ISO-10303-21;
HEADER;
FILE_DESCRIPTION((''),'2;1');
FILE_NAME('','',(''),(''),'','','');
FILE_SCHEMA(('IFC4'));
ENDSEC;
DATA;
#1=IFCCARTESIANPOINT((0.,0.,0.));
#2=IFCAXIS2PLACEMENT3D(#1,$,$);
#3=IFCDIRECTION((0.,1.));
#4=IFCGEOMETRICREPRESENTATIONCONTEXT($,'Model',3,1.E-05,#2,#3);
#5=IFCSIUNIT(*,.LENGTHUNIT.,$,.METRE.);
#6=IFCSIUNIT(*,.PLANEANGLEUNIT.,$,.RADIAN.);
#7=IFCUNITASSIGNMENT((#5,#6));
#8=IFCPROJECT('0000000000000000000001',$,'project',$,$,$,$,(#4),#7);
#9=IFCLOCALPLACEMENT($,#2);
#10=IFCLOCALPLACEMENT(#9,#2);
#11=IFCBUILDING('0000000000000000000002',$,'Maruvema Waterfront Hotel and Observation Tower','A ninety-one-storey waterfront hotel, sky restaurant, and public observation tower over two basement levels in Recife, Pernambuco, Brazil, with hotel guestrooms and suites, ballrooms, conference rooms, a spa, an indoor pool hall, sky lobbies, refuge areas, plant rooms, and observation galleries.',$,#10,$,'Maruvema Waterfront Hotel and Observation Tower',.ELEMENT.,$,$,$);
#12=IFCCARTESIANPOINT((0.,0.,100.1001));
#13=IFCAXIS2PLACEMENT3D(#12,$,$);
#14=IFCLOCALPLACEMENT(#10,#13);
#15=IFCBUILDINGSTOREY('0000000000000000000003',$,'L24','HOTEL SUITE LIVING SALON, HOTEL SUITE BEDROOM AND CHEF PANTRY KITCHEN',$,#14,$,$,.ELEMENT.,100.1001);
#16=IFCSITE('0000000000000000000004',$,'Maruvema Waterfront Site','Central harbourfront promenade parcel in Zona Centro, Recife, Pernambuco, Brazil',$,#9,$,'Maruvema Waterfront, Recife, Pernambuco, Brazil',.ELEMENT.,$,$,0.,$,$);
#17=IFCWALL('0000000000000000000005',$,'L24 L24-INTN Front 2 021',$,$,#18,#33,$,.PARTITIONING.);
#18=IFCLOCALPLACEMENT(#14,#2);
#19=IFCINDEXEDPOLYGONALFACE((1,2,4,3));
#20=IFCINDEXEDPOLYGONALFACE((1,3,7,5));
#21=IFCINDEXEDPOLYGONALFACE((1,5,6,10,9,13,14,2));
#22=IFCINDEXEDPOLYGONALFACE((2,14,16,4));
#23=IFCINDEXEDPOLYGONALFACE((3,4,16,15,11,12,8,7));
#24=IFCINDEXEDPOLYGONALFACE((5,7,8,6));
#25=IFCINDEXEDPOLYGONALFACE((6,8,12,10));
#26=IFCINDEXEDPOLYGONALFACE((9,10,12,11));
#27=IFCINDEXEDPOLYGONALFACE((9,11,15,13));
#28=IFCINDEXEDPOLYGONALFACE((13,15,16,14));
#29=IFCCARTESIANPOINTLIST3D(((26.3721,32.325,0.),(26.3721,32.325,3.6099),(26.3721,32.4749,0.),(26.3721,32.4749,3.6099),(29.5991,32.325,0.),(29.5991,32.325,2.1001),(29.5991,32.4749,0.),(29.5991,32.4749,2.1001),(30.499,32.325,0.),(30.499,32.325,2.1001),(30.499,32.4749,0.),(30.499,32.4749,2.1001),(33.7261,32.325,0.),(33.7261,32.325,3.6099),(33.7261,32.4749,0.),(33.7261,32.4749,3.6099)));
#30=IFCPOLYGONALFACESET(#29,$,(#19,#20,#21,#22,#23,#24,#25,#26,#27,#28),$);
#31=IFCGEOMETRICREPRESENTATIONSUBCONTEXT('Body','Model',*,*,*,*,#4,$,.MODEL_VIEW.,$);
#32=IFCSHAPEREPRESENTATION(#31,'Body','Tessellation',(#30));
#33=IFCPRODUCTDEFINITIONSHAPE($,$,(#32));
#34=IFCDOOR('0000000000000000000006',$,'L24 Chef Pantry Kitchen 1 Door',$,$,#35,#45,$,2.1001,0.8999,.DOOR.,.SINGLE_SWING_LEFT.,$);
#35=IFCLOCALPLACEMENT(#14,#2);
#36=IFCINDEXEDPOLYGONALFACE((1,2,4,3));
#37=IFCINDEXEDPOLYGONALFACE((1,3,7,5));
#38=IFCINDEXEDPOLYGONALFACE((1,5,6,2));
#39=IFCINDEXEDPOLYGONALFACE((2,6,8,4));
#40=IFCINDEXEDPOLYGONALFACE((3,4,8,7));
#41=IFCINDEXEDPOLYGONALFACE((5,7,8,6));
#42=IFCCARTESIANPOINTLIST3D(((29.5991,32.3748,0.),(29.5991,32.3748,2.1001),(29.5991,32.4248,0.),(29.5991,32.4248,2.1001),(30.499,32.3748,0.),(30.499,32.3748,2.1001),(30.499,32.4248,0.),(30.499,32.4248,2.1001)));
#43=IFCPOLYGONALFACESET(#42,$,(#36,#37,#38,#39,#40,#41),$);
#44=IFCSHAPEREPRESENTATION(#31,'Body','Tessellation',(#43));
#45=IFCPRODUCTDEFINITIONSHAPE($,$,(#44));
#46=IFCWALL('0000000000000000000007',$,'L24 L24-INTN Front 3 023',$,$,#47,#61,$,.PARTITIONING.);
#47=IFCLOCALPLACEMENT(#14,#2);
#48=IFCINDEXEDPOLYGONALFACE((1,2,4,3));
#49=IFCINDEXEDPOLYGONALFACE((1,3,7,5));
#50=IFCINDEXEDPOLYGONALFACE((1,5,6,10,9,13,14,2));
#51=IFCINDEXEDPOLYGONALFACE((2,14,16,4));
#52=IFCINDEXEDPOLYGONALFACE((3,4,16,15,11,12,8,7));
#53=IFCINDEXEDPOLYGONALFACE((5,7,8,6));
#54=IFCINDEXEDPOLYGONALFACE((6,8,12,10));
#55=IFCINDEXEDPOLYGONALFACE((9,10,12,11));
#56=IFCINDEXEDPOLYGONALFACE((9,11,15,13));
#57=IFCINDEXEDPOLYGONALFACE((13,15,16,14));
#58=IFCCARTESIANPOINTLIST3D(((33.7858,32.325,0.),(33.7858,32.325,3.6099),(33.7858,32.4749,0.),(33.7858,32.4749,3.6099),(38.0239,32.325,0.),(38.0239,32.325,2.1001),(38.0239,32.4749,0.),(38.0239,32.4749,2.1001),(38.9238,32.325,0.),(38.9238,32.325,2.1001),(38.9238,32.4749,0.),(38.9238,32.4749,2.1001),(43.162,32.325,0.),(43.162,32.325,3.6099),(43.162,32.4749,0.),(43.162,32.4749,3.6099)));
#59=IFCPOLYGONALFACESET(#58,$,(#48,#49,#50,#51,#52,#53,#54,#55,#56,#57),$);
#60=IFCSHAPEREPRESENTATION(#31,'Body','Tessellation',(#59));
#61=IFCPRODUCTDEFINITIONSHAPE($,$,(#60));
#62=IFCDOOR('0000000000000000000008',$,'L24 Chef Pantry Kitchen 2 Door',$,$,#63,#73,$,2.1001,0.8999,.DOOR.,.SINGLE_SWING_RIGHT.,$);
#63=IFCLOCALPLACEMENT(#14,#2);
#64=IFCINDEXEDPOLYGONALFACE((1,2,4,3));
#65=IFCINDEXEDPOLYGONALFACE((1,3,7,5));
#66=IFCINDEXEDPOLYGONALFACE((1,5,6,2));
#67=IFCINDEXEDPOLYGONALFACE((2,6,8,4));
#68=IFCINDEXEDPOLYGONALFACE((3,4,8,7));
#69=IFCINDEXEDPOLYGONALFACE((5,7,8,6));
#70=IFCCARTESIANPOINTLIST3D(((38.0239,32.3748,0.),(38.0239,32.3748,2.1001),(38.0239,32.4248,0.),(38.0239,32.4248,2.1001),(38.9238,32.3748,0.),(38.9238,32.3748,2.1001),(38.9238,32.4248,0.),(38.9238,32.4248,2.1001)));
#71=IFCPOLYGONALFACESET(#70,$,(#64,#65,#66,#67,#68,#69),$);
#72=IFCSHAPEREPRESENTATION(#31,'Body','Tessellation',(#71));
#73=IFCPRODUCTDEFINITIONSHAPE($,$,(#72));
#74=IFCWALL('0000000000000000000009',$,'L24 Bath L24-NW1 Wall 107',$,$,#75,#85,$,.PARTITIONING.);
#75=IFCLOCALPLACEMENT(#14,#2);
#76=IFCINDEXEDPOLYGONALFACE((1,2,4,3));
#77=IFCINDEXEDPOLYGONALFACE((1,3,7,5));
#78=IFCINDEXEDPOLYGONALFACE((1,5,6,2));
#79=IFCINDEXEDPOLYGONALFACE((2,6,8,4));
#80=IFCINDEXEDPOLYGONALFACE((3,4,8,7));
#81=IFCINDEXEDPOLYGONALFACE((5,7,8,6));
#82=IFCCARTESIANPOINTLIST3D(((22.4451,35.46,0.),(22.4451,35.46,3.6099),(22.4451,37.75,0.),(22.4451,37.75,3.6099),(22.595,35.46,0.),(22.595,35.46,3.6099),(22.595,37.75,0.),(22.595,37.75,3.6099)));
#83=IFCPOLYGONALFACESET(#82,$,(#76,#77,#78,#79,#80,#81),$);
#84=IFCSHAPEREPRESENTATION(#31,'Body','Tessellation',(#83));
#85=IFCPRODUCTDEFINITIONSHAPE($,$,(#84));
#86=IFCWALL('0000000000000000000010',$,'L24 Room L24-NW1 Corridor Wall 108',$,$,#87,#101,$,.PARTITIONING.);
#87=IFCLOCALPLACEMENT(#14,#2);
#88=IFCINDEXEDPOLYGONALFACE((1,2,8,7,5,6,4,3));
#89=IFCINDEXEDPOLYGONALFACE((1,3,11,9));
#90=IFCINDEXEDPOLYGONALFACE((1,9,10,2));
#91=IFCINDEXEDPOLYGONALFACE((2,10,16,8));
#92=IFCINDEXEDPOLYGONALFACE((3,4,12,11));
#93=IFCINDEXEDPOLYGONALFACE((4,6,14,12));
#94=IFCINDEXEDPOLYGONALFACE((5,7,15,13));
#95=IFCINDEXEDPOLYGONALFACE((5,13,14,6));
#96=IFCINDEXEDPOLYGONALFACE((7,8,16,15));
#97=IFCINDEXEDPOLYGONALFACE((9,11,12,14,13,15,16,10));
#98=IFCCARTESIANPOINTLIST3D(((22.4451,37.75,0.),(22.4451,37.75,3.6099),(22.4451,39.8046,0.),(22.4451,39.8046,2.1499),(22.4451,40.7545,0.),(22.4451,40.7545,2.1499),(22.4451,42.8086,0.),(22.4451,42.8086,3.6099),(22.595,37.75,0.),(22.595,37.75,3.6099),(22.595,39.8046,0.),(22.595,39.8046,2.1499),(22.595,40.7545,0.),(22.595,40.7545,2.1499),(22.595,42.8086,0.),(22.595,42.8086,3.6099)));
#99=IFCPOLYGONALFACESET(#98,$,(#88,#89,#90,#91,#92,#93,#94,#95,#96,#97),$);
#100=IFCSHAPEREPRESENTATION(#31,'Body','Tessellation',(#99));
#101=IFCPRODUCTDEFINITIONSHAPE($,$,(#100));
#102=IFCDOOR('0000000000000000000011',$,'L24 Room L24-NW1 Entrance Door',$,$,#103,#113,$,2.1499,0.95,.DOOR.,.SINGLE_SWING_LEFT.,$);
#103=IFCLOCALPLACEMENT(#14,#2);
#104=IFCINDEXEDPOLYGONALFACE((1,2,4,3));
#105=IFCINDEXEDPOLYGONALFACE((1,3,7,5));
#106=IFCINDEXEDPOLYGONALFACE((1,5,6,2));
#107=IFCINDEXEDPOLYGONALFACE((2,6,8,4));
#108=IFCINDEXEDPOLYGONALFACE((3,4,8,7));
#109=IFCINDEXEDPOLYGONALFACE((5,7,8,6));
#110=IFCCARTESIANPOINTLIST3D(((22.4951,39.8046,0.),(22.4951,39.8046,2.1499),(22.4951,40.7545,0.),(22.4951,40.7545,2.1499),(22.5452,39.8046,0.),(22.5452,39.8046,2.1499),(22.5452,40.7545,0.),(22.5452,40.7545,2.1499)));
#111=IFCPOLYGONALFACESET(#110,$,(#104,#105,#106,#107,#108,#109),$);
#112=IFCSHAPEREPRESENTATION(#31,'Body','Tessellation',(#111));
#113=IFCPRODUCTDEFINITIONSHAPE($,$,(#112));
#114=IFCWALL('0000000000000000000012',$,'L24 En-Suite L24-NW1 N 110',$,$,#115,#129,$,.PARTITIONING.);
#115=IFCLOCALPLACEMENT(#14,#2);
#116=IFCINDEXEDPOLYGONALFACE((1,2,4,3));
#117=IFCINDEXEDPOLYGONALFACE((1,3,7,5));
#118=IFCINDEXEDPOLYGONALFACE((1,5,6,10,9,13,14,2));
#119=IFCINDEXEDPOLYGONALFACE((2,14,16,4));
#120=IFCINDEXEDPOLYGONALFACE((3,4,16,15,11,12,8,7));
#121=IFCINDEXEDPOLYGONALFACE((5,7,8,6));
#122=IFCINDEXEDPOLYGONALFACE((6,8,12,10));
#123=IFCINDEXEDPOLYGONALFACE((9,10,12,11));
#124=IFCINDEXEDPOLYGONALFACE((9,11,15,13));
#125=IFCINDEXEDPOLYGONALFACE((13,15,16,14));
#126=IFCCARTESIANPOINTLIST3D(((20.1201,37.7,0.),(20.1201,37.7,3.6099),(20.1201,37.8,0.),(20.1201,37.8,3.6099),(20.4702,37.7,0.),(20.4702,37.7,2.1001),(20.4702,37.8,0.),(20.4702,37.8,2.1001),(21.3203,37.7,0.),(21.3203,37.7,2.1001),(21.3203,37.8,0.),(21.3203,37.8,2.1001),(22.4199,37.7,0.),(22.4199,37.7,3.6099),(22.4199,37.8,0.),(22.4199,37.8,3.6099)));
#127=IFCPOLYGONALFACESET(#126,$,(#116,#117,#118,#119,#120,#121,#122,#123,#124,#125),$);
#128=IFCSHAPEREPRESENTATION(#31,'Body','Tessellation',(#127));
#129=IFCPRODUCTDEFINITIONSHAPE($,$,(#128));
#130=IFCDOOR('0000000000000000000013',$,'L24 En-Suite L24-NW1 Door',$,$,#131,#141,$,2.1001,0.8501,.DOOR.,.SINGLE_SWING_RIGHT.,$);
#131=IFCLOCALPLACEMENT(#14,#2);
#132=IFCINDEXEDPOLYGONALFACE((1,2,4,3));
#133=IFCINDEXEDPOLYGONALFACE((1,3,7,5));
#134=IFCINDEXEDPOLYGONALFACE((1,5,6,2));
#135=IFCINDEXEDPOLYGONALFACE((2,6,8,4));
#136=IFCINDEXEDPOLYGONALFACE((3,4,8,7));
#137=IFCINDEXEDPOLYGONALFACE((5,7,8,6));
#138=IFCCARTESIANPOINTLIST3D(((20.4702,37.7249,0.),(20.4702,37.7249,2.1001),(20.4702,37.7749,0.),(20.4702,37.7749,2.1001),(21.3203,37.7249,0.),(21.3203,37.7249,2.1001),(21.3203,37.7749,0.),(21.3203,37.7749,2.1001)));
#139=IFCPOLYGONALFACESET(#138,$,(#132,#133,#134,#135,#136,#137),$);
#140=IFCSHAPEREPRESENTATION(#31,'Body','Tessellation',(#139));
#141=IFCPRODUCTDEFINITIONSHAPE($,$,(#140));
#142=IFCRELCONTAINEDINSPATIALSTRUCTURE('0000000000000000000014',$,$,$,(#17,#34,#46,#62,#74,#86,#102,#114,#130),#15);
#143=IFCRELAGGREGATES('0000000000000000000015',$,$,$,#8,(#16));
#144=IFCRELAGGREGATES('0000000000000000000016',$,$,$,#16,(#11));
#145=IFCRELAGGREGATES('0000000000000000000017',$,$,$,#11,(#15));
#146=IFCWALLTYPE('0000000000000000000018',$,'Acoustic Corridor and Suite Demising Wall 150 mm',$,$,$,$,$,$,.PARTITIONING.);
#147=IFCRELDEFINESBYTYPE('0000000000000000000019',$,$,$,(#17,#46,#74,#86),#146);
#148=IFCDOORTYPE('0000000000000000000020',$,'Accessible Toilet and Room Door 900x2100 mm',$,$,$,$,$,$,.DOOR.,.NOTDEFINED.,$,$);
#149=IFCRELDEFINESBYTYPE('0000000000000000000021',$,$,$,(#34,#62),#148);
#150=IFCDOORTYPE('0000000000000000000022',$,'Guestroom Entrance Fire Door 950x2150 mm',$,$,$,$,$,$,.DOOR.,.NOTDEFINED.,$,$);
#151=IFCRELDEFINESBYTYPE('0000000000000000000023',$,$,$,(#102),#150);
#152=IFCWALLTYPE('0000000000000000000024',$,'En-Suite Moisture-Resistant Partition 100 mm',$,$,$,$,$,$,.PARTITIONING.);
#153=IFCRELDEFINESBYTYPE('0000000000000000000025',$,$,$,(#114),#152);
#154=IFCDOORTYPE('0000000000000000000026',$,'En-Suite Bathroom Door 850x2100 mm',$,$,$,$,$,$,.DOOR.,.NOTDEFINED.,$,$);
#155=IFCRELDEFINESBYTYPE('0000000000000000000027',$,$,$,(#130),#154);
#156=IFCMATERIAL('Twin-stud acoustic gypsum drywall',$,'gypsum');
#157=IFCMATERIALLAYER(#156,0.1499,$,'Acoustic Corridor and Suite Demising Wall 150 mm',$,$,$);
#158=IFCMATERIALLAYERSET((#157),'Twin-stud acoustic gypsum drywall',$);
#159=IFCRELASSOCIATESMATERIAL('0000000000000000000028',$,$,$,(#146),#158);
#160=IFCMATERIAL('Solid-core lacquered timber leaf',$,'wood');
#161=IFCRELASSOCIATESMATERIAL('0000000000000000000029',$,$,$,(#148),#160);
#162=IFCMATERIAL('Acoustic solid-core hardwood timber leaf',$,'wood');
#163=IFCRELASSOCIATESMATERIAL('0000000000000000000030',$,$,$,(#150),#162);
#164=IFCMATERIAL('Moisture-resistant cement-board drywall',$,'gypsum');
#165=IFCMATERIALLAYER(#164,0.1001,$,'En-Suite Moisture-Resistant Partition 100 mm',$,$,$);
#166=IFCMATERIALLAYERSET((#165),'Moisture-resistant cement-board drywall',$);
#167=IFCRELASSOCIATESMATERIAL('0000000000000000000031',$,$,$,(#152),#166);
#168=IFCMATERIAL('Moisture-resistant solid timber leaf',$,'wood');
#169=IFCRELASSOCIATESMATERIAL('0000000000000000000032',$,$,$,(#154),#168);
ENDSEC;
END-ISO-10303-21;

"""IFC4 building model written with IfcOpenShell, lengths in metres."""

from ifc_helpers import new_model, si_unit, direction, frame, frame_2d, origin, place, context, subcontext, project, spatial, rectangle, extrude, material, layer, layer_set, type_object, element, fill, save


model = new_model("IFC4")

# Units and contexts
model_context = context("Model", 3, precision=1e-05, world=origin(), true_north=direction((0.0, 1.0)))
body_context = subcontext(model_context, "Body", "Model", "MODEL_VIEW")
ifc_project = project(units=[si_unit("LENGTHUNIT", "METRE"), si_unit("PLANEANGLEUNIT", "RADIAN")], contexts=[model_context])

# Site, building, storey
site_placement = place(None, origin())
site = spatial("IfcSite", under=ifc_project, at=site_placement, Name="Maruvema Waterfront Site", Description="Central harbourfront promenade parcel in Zona Centro, Recife, Pernambuco, Brazil", LongName="Maruvema Waterfront, Recife, Pernambuco, Brazil", CompositionType="ELEMENT", RefElevation=0.0)
building_placement = place(site_placement, origin())
building = spatial("IfcBuilding", under=site, at=building_placement, Name="Maruvema Waterfront Hotel and Observation Tower", Description="A ninety-one-storey waterfront hotel, sky restaurant, and public observation tower over two basement levels in Recife, Pernambuco, Brazil, with hotel guestrooms and suites, ballrooms, conference rooms, a spa, an indoor pool hall, sky lobbies, refuge areas, plant rooms, and observation galleries.", LongName="Maruvema Waterfront Hotel and Observation Tower", CompositionType="ELEMENT")
storey_placement = place(building_placement, frame((0.0, 0.0, 100.1001)))
storey = spatial("IfcBuildingStorey", under=building, at=storey_placement, Name="L24", Description="HOTEL SUITE LIVING SALON, HOTEL SUITE BEDROOM AND CHEF PANTRY KITCHEN", CompositionType="ELEMENT", Elevation=100.1001)

# Walls, openings, doors
ifc_material_1 = material(Name="Twin-stud acoustic gypsum drywall", Category="gypsum")
ifc_layer_1 = layer(ifc_material_1, 0.1499, Name="Acoustic Corridor and Suite Demising Wall 150 mm")
ifc_layer_set_1 = layer_set([ifc_layer_1], Name="Twin-stud acoustic gypsum drywall")
wall_type_1 = type_object("IfcWallType", Name="Acoustic Corridor and Suite Demising Wall 150 mm", PredefinedType="PARTITIONING", material=ifc_layer_set_1)
ifc_material_2 = material(Name="Solid-core lacquered timber leaf", Category="wood")
door_type_1 = type_object("IfcDoorType", Name="Accessible Toilet and Room Door 900x2100 mm", OperationType="NOTDEFINED", PredefinedType="DOOR", material=ifc_material_2)
wall_1_placement = place(storey_placement, frame((26.3721, 32.3999, 0.0), z_axis=(0.0, 0.0, 1.0), x_axis=(1.0, 0.0, 0.0)))
wall_1 = element("IfcWall", 1, at=wall_1_placement, inside=storey, type_object=wall_type_1, Name="L24 L24-INTN Front 2 021", PredefinedType="PARTITIONING", context=body_context, shape_type="SweptSolid", body=[
    extrude(rectangle(XDim=7.354, YDim=0.1499, at=frame_2d((3.677, 0.0))), origin(), (0.0, 0.0, 1.0), 3.6099),
])
opening_1_placement = place(wall_1_placement, frame((3.2271, 0.0, 0.0)))
opening_1 = element("IfcOpeningElement", 2, at=opening_1_placement, cuts=wall_1, PredefinedType="OPENING", context=body_context, shape_type="SweptSolid", body=[
    extrude(rectangle(XDim=0.8999, YDim=2.1001, at=frame_2d((0.45, 1.05))), frame((0.0, 0.085, 0.0), z_axis=(0.0, -1.0, 0.0), x_axis=(1.0, 0.0, 0.0)), (0.0, 0.0, 1.0), 0.1699),
])
door_1_placement = place(opening_1_placement, origin())
door_1 = element("IfcDoor", 3, at=door_1_placement, inside=storey, type_object=door_type_1, Name="L24 Chef Pantry Kitchen 1 Door", OperationType="SINGLE_SWING_LEFT", OverallHeight=2.1001, OverallWidth=0.8999, PredefinedType="DOOR", context=body_context, shape_type="SweptSolid", body=[
    extrude(rectangle(XDim=0.8999, YDim=2.1001, at=frame_2d((0.45, 1.05))), frame((0.0, 0.0249, 0.0), z_axis=(0.0, -1.0, 0.0), x_axis=(1.0, 0.0, 0.0)), (0.0, 0.0, 1.0), 0.05),
])
fill(opening_1, door_1)
wall_2_placement = place(storey_placement, frame((33.7859, 32.3999, 0.0), z_axis=(0.0, 0.0, 1.0), x_axis=(1.0, 0.0, 0.0)))
wall_2 = element("IfcWall", 4, at=wall_2_placement, inside=storey, type_object=wall_type_1, Name="L24 L24-INTN Front 3 023", PredefinedType="PARTITIONING", context=body_context, shape_type="SweptSolid", body=[
    extrude(rectangle(XDim=9.3762, YDim=0.1499, at=frame_2d((4.688, 0.0))), origin(), (0.0, 0.0, 1.0), 3.6099),
])
opening_2_placement = place(wall_2_placement, frame((4.238, 0.0, 0.0)))
opening_2 = element("IfcOpeningElement", 5, at=opening_2_placement, cuts=wall_2, PredefinedType="OPENING", context=body_context, shape_type="SweptSolid", body=[
    extrude(rectangle(XDim=0.8999, YDim=2.1001, at=frame_2d((0.45, 1.05))), frame((0.0, 0.085, 0.0), z_axis=(0.0, -1.0, 0.0), x_axis=(1.0, 0.0, 0.0)), (0.0, 0.0, 1.0), 0.1699),
])
door_2_placement = place(opening_2_placement, origin())
door_2 = element("IfcDoor", 6, at=door_2_placement, inside=storey, type_object=door_type_1, Name="L24 Chef Pantry Kitchen 2 Door", OperationType="SINGLE_SWING_RIGHT", OverallHeight=2.1001, OverallWidth=0.8999, PredefinedType="DOOR", context=body_context, shape_type="SweptSolid", body=[
    extrude(rectangle(XDim=0.8999, YDim=2.1001, at=frame_2d((0.45, 1.05))), frame((0.0, 0.0249, 0.0), z_axis=(0.0, -1.0, 0.0), x_axis=(1.0, 0.0, 0.0)), (0.0, 0.0, 1.0), 0.05),
])
fill(opening_2, door_2)

# Wall
wall_3_placement = place(storey_placement, frame((22.52, 35.46, 0.0), z_axis=(0.0, 0.0, 1.0), x_axis=(0.0, 1.0, 0.0)))
element("IfcWall", 7, at=wall_3_placement, inside=storey, type_object=wall_type_1, Name="L24 Bath L24-NW1 Wall 107", PredefinedType="PARTITIONING", context=body_context, shape_type="SweptSolid", body=[
    extrude(rectangle(XDim=2.29, YDim=0.1499, at=frame_2d((1.145, 0.0))), origin(), (0.0, 0.0, 1.0), 3.6099),
])

# Walls, openings, doors
wall_4_placement = place(storey_placement, frame((22.52, 37.75, 0.0), z_axis=(0.0, 0.0, 1.0), x_axis=(0.0, 1.0, 0.0)))
wall_4 = element("IfcWall", 8, at=wall_4_placement, inside=storey, type_object=wall_type_1, Name="L24 Room L24-NW1 Corridor Wall 108", PredefinedType="PARTITIONING", context=body_context, shape_type="SweptSolid", body=[
    extrude(rectangle(XDim=5.0586, YDim=0.1499, at=frame_2d((2.5293, 0.0))), origin(), (0.0, 0.0, 1.0), 3.6099),
])
opening_3_placement = place(wall_4_placement, frame((2.0544, 0.0, 0.0)))
opening_3 = element("IfcOpeningElement", 9, at=opening_3_placement, cuts=wall_4, PredefinedType="OPENING", context=body_context, shape_type="SweptSolid", body=[
    extrude(rectangle(XDim=0.95, YDim=2.1499, at=frame_2d((0.4751, 1.075))), frame((0.0, 0.085, 0.0), z_axis=(0.0, -1.0, 0.0), x_axis=(1.0, 0.0, 0.0)), (0.0, 0.0, 1.0), 0.1699),
])
ifc_material_3 = material(Name="Acoustic solid-core hardwood timber leaf", Category="wood")
door_type_2 = type_object("IfcDoorType", Name="Guestroom Entrance Fire Door 950x2150 mm", OperationType="NOTDEFINED", PredefinedType="DOOR", material=ifc_material_3)
door_3_placement = place(opening_3_placement, origin())
door_3 = element("IfcDoor", 10, at=door_3_placement, inside=storey, type_object=door_type_2, Name="L24 Room L24-NW1 Entrance Door", OperationType="SINGLE_SWING_LEFT", OverallHeight=2.1499, OverallWidth=0.95, PredefinedType="DOOR", context=body_context, shape_type="SweptSolid", body=[
    extrude(rectangle(XDim=0.95, YDim=2.1499, at=frame_2d((0.4751, 1.075))), frame((0.0, 0.0249, 0.0), z_axis=(0.0, -1.0, 0.0), x_axis=(1.0, 0.0, 0.0)), (0.0, 0.0, 1.0), 0.05),
])
fill(opening_3, door_3)
ifc_material_4 = material(Name="Moisture-resistant cement-board drywall", Category="gypsum")
ifc_layer_2 = layer(ifc_material_4, 0.1001, Name="En-Suite Moisture-Resistant Partition 100 mm")
ifc_layer_set_2 = layer_set([ifc_layer_2], Name="Moisture-resistant cement-board drywall")
wall_type_2 = type_object("IfcWallType", Name="En-Suite Moisture-Resistant Partition 100 mm", PredefinedType="PARTITIONING", material=ifc_layer_set_2)
wall_5_placement = place(storey_placement, frame((20.1201, 37.75, 0.0), z_axis=(0.0, 0.0, 1.0), x_axis=(1.0, 0.0, 0.0)))
wall_5 = element("IfcWall", 11, at=wall_5_placement, inside=storey, type_object=wall_type_2, Name="L24 En-Suite L24-NW1 N 110", PredefinedType="PARTITIONING", context=body_context, shape_type="SweptSolid", body=[
    extrude(rectangle(XDim=2.2998, YDim=0.1001, at=frame_2d((1.1499, 0.0))), origin(), (0.0, 0.0, 1.0), 3.6099),
])
opening_4_placement = place(wall_5_placement, frame((0.3501, 0.0, 0.0)))
opening_4 = element("IfcOpeningElement", 12, at=opening_4_placement, cuts=wall_5, PredefinedType="OPENING", context=body_context, shape_type="SweptSolid", body=[
    extrude(rectangle(XDim=0.8501, YDim=2.1001, at=frame_2d((0.425, 1.05))), frame((0.0, 0.0601, 0.0), z_axis=(0.0, -1.0, 0.0), x_axis=(1.0, 0.0, 0.0)), (0.0, 0.0, 1.0), 0.1201),
])
ifc_material_5 = material(Name="Moisture-resistant solid timber leaf", Category="wood")
door_type_3 = type_object("IfcDoorType", Name="En-Suite Bathroom Door 850x2100 mm", OperationType="NOTDEFINED", PredefinedType="DOOR", material=ifc_material_5)
door_4_placement = place(opening_4_placement, origin())
door_4 = element("IfcDoor", 13, at=door_4_placement, inside=storey, type_object=door_type_3, Name="L24 En-Suite L24-NW1 Door", OperationType="SINGLE_SWING_RIGHT", OverallHeight=2.1001, OverallWidth=0.8501, PredefinedType="DOOR", context=body_context, shape_type="SweptSolid", body=[
    extrude(rectangle(XDim=0.8501, YDim=2.1001, at=frame_2d((0.425, 1.05))), frame((0.0, 0.0249, 0.0), z_axis=(0.0, -1.0, 0.0), x_axis=(1.0, 0.0, 0.0)), (0.0, 0.0, 1.0), 0.05),
])
fill(opening_4, door_4)

save(model, "model.ifc")
